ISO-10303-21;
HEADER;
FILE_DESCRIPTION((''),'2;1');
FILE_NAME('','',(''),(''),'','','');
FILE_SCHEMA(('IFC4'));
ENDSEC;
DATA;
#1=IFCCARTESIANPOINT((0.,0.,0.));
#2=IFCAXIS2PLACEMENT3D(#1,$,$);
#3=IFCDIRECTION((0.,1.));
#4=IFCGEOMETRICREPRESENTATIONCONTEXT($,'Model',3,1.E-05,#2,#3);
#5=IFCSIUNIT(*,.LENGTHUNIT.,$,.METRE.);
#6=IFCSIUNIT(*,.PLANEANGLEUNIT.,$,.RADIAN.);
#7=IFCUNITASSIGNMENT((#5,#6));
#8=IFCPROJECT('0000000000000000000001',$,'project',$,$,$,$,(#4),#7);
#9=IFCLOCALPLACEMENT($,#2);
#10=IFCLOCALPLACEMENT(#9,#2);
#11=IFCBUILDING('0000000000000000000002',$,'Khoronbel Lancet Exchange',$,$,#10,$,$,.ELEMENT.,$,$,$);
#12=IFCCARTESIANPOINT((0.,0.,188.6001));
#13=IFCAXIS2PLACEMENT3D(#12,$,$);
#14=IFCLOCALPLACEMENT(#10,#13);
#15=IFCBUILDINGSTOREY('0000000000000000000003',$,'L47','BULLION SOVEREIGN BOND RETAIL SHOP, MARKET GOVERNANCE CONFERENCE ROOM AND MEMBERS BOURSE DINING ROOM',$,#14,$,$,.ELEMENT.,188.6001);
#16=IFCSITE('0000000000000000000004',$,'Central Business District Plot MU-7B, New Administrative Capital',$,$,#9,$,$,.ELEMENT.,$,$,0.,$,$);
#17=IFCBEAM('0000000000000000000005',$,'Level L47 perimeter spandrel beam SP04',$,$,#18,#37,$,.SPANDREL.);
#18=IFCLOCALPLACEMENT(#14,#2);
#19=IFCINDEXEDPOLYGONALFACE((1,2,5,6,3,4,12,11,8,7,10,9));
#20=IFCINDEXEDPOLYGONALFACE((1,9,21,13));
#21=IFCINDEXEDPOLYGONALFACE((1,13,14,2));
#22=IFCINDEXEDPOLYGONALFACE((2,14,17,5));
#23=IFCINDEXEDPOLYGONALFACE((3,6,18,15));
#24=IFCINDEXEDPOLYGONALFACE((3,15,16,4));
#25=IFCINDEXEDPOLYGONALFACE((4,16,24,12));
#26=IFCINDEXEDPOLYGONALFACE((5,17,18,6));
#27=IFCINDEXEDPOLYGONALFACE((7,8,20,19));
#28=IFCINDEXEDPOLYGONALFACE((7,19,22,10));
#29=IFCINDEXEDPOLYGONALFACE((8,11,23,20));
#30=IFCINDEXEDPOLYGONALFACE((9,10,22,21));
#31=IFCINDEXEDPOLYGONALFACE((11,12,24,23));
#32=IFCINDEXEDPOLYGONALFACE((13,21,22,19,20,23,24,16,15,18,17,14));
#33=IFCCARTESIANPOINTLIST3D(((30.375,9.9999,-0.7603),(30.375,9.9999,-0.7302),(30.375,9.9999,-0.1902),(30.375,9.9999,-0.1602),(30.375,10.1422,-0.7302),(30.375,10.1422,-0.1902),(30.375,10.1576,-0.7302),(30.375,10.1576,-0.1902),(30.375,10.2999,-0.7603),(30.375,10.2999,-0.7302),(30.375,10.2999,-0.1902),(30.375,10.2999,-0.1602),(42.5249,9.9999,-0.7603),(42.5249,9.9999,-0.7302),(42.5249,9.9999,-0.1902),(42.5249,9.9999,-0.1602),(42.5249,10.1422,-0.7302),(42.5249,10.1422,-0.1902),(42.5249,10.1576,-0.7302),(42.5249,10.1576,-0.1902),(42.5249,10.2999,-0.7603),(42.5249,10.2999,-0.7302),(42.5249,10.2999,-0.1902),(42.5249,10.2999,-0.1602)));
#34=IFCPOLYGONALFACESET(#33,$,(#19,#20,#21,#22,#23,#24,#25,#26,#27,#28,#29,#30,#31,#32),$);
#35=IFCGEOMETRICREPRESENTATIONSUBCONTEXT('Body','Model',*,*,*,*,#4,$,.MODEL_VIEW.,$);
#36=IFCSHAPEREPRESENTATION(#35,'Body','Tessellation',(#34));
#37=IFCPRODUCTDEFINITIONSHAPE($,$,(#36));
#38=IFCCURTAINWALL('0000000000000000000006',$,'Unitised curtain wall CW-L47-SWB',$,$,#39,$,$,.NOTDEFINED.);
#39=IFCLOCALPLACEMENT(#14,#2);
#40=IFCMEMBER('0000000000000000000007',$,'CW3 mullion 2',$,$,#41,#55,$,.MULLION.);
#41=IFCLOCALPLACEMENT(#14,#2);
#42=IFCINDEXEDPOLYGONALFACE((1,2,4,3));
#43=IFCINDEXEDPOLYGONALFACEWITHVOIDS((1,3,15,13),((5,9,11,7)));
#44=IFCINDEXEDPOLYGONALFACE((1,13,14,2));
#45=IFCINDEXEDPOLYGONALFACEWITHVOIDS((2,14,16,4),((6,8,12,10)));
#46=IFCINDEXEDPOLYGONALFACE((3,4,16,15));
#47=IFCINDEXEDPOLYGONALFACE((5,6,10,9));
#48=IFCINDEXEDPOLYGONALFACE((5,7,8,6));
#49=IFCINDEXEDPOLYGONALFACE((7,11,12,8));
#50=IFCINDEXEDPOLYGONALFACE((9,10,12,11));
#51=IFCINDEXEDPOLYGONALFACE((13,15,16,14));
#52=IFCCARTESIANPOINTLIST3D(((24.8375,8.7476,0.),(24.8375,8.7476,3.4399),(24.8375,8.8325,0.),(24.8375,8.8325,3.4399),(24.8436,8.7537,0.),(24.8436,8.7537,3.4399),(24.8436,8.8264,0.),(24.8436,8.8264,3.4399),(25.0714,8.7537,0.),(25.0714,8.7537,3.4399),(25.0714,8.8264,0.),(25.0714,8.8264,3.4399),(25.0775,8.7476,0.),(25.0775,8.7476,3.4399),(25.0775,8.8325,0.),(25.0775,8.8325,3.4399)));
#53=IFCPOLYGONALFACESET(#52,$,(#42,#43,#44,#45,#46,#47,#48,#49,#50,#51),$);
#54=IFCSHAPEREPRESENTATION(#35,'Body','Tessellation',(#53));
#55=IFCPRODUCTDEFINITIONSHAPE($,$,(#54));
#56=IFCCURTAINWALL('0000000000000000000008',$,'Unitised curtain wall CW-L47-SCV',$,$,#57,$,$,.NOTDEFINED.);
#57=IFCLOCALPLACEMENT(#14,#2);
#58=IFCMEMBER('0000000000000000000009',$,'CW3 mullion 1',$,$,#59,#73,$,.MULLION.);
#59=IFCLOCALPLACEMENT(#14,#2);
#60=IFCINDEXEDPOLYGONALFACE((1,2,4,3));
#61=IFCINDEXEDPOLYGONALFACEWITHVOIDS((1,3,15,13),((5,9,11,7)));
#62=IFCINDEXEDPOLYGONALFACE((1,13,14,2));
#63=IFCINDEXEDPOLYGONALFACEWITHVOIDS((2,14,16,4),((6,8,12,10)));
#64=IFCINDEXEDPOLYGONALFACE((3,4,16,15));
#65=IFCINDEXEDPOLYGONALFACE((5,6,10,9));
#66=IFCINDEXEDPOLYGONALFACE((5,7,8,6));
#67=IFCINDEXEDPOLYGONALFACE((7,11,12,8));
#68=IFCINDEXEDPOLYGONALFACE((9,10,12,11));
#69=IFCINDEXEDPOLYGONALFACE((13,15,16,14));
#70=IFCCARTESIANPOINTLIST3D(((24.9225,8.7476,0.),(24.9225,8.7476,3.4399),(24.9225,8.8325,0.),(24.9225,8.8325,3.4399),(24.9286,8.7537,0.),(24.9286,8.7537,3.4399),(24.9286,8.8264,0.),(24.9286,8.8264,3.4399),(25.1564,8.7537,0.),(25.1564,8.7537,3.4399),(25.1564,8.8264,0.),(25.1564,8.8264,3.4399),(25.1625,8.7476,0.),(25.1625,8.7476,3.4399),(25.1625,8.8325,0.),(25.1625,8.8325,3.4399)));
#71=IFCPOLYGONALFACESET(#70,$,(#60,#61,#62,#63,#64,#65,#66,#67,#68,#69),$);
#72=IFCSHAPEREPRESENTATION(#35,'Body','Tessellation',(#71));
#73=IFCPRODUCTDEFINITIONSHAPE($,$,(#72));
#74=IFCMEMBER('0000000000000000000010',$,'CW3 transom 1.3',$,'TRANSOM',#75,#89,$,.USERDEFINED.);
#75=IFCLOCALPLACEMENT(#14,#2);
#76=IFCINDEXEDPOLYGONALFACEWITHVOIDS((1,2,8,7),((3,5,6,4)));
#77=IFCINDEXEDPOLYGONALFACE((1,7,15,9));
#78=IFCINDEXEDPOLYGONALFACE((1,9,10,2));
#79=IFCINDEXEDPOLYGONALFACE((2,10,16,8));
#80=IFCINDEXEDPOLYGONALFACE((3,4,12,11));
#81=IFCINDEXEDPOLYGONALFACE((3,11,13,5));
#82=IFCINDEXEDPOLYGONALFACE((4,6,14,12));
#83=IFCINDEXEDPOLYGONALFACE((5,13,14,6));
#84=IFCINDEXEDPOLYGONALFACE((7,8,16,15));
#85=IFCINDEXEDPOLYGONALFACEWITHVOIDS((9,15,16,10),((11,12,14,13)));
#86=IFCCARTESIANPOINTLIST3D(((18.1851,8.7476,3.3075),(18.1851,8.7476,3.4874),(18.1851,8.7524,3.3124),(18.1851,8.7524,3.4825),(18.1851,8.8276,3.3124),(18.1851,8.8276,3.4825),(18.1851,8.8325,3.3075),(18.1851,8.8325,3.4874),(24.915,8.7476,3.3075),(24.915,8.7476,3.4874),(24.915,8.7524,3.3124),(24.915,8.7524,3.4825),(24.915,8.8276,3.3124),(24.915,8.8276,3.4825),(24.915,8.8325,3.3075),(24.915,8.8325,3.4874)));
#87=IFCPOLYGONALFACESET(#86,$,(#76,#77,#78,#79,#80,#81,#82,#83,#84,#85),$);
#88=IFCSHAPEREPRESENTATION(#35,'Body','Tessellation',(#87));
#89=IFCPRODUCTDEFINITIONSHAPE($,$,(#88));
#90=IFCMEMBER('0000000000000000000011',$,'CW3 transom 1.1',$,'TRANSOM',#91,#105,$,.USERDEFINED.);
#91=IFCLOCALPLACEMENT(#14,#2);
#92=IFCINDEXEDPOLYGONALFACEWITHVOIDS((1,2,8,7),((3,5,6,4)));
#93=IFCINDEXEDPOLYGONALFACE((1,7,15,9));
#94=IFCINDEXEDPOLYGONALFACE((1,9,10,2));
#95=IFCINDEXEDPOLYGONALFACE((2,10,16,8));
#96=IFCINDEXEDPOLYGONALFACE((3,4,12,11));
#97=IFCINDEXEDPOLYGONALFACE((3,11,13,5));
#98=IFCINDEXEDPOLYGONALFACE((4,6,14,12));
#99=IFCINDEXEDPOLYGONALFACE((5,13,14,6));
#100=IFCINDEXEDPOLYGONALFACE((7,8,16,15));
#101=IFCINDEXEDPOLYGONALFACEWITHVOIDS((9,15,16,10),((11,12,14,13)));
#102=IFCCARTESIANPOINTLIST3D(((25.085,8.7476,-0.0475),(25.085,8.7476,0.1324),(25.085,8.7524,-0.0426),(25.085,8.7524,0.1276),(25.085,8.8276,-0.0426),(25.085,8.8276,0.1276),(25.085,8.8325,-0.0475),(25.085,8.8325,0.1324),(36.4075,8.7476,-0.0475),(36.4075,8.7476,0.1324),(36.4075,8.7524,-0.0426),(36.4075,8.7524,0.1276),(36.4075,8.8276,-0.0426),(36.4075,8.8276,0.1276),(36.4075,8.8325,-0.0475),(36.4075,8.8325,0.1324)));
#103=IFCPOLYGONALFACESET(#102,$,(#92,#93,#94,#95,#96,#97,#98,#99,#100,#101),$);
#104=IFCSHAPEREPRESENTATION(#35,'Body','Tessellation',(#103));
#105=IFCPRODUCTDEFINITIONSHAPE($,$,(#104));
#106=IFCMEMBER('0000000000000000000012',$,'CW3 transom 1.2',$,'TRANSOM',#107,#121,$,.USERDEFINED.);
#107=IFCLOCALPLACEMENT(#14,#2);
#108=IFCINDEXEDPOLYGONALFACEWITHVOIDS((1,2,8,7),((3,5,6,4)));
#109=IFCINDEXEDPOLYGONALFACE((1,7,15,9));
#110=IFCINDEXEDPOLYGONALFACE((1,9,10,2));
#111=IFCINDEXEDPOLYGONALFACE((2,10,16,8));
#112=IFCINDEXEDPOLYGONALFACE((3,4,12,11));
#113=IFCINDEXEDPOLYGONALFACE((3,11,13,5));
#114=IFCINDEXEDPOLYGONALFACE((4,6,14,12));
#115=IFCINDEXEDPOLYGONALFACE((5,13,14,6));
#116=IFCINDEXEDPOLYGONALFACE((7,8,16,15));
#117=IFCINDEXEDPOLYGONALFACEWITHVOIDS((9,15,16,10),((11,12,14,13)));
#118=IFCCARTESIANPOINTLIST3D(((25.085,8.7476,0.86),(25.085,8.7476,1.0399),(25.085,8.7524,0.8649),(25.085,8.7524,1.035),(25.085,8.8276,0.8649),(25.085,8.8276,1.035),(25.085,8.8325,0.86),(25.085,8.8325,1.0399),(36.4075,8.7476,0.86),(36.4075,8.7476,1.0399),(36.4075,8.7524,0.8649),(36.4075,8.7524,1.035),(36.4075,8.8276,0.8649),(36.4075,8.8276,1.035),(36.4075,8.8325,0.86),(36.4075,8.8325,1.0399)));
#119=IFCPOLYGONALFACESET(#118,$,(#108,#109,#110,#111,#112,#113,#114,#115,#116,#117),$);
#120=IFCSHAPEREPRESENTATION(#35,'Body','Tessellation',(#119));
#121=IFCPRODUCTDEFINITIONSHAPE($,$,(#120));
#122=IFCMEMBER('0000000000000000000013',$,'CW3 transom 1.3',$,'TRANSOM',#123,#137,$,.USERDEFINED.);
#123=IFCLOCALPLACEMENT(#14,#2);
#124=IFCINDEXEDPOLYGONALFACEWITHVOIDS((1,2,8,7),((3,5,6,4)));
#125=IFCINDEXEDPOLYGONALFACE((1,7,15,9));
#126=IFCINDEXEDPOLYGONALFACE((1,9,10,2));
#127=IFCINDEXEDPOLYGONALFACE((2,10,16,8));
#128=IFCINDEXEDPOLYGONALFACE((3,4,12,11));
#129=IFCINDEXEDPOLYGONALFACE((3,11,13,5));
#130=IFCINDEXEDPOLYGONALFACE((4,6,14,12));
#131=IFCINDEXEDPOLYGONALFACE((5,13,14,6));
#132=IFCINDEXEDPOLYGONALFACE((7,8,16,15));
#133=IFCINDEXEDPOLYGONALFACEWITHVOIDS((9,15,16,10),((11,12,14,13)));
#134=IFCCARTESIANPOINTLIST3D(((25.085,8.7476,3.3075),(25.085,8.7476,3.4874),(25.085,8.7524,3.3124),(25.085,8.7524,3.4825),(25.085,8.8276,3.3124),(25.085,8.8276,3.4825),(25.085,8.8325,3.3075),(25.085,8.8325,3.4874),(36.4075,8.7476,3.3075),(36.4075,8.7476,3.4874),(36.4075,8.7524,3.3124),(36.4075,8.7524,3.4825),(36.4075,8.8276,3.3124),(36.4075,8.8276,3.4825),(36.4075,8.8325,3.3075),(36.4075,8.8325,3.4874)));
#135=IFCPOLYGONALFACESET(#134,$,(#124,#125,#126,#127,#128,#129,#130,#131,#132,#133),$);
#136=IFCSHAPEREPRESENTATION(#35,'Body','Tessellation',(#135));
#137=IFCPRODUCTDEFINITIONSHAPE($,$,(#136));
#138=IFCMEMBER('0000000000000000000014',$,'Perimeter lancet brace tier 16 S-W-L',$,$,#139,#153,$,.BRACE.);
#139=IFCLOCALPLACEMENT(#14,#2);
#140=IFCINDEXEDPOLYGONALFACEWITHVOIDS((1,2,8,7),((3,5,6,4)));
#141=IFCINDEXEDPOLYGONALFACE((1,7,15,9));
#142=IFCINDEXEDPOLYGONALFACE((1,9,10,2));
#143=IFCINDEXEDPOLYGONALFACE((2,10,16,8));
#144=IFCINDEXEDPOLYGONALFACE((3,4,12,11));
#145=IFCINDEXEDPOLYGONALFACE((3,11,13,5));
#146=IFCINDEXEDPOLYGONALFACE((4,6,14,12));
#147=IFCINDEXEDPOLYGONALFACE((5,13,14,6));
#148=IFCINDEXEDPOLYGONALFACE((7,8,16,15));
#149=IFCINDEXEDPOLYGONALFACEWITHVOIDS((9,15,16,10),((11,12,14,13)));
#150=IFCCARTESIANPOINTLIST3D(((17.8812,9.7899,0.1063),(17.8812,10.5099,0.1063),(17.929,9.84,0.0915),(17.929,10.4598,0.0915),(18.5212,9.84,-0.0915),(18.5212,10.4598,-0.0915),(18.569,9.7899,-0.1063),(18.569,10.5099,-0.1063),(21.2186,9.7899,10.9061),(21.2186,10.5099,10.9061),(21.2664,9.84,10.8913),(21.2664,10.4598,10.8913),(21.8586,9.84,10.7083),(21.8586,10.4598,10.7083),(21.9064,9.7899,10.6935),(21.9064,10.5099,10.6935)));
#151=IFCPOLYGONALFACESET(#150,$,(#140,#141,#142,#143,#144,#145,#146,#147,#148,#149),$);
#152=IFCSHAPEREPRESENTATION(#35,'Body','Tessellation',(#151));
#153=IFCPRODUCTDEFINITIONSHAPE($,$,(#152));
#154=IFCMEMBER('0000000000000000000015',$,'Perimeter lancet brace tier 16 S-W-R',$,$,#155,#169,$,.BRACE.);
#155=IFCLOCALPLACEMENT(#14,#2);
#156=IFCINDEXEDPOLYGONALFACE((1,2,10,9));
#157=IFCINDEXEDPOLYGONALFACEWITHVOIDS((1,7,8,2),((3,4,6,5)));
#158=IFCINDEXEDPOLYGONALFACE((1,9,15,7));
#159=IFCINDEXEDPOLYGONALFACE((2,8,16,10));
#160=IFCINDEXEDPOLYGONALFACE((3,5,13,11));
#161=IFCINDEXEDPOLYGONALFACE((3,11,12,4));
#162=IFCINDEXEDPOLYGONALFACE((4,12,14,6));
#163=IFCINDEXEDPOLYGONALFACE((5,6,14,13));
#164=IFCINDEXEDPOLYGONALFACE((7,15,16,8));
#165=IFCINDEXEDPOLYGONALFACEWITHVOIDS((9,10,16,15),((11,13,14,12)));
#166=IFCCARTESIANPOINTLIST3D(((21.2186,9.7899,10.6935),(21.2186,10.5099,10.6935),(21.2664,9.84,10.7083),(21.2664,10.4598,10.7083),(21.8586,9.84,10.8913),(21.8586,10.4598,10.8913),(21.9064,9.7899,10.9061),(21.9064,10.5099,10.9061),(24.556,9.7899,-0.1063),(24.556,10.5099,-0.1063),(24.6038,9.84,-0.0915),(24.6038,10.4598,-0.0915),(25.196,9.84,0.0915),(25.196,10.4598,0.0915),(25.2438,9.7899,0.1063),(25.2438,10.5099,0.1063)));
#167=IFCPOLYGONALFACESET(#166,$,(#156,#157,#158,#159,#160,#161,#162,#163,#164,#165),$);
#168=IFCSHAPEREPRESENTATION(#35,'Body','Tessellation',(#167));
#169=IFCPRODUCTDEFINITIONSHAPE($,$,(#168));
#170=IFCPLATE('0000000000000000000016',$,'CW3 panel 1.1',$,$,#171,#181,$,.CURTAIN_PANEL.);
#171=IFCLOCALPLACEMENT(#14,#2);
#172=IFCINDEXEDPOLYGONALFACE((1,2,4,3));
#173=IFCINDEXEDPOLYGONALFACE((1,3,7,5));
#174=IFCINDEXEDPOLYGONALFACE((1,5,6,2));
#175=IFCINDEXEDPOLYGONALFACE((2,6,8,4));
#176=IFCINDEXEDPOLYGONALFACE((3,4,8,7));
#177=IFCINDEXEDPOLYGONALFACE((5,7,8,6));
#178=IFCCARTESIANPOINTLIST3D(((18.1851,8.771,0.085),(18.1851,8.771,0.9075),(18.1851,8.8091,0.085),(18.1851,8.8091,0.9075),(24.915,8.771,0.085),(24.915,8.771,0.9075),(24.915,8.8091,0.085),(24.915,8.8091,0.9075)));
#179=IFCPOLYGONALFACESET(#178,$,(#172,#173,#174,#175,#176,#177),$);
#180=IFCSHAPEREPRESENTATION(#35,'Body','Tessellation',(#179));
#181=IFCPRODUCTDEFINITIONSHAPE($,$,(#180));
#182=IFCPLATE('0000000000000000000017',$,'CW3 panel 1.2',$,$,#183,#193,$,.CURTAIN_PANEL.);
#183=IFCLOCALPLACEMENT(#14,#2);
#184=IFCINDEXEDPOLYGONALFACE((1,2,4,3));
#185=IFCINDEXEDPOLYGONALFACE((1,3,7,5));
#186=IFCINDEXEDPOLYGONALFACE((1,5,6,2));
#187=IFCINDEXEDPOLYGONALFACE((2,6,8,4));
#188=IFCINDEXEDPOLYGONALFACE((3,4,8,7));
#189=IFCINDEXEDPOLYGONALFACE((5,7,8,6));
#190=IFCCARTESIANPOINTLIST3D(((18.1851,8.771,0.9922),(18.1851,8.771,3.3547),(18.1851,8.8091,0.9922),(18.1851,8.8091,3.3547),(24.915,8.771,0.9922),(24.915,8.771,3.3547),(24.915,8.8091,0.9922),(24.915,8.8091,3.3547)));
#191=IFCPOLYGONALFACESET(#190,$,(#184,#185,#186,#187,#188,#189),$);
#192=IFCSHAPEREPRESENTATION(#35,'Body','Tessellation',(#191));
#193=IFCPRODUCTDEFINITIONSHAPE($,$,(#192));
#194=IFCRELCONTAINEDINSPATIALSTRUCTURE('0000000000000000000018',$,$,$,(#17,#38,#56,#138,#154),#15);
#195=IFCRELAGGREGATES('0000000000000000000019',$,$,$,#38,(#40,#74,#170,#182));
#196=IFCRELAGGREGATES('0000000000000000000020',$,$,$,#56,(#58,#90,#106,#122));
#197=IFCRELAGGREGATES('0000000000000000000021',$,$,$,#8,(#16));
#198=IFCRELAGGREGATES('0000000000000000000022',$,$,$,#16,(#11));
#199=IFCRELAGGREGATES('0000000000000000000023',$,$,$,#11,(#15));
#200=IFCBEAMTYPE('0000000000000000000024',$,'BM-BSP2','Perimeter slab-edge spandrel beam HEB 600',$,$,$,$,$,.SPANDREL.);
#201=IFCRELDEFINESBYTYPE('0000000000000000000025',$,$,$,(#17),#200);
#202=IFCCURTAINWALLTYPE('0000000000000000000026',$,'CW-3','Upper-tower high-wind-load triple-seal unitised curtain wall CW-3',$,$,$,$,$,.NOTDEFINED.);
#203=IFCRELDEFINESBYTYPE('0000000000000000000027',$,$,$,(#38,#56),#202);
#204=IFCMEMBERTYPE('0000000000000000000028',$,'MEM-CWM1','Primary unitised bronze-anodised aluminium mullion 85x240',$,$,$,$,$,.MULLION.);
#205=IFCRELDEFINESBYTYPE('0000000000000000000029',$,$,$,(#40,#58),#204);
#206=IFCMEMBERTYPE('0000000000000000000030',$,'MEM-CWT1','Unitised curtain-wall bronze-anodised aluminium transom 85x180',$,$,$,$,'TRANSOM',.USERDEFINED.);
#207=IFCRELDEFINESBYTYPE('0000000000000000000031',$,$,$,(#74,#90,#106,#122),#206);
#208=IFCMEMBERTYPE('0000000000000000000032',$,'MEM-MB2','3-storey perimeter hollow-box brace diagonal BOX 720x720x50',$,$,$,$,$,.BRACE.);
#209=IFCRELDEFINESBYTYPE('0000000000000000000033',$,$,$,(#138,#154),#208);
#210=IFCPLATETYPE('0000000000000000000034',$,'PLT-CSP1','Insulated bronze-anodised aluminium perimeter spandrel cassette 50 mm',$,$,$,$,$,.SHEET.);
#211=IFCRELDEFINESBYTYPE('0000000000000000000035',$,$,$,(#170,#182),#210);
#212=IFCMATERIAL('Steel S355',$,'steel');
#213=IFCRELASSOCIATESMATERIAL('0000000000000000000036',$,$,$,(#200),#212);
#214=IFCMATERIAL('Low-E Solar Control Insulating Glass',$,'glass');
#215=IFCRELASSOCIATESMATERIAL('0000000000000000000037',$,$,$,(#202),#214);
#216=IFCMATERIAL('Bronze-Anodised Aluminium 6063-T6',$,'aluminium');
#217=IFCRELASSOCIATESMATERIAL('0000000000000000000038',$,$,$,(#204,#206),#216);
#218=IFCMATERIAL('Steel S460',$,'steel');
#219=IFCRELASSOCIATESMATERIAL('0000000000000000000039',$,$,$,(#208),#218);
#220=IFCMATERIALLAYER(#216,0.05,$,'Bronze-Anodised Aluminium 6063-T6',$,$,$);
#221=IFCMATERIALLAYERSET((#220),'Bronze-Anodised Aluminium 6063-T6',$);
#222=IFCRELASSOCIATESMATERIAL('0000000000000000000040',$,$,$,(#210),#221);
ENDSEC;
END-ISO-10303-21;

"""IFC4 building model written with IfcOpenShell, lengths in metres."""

from ifc_helpers import new_model, si_unit, direction, frame, origin, origin_2d, place, context, subcontext, project, spatial, rectangle, hollow_rectangle, i_section, extrude, material, layer, layer_set, material_profile, profile_set, type_object, element, aggregate, save


model = new_model("IFC4")

# Units and contexts
model_context = context("Model", 3, precision=1e-05, world=origin(), true_north=direction((0.0, 1.0)))
body_context = subcontext(model_context, "Body", "Model", "MODEL_VIEW")
ifc_project = project(units=[si_unit("LENGTHUNIT", "METRE"), si_unit("PLANEANGLEUNIT", "RADIAN")], contexts=[model_context])

# Site, building, storey
site_placement = place(None, origin())
site = spatial("IfcSite", under=ifc_project, at=site_placement, Name="Central Business District Plot MU-7B, New Administrative Capital", CompositionType="ELEMENT", RefElevation=0.0)
building_placement = place(site_placement, origin())
building = spatial("IfcBuilding", under=site, at=building_placement, Name="Khoronbel Lancet Exchange", CompositionType="ELEMENT")
storey_placement = place(building_placement, frame((0.0, 0.0, 188.6001)))
storey = spatial("IfcBuildingStorey", under=building, at=storey_placement, Name="L47", Description="BULLION SOVEREIGN BOND RETAIL SHOP, MARKET GOVERNANCE CONFERENCE ROOM AND MEMBERS BOURSE DINING ROOM", CompositionType="ELEMENT", Elevation=188.6001)

# Shared definitions
ifc_material_1 = material(Name="Steel S460", Category="steel")

# Beam
ifc_material_2 = material(Name="Steel S355", Category="steel")
ifc_material_profile_1 = material_profile(ifc_material_2, i_section(OverallWidth=0.3, OverallDepth=0.6001, WebThickness=0.0154, FlangeThickness=0.03, at=origin_2d()), Name="HEB 600")
ifc_profile_set_1 = profile_set([ifc_material_profile_1], Name="Steel S355")
beam_type_1 = type_object("IfcBeamType", Name="BM-BSP2", Description="Perimeter slab-edge spandrel beam HEB 600", PredefinedType="SPANDREL", material=ifc_profile_set_1)
beam_1_placement = place(storey_placement, frame((30.375, 10.1499, -0.4602), z_axis=(1.0, 0.0, 0.0), x_axis=(0.0, 1.0, 0.0)))
element("IfcBeam", 1, at=beam_1_placement, inside=storey, type_object=beam_type_1, Name="Level L47 perimeter spandrel beam SP04", PredefinedType="SPANDREL", context=body_context, shape_type="SweptSolid", body=[
    extrude(i_section(OverallWidth=0.3, OverallDepth=0.6001, WebThickness=0.0154, FlangeThickness=0.03, at=origin_2d()), origin(), (0.0, 0.0, 1.0), 12.1499),
])

# Curtain walls, members
ifc_material_3 = material(Name="Low-E Solar Control Insulating Glass", Category="glass")
curtain_wall_type = type_object("IfcCurtainWallType", Name="CW-3", Description="Upper-tower high-wind-load triple-seal unitised curtain wall CW-3", PredefinedType="NOTDEFINED", material=ifc_material_3)
curtain_wall_1_placement = place(storey_placement, origin())
curtain_wall_1 = element("IfcCurtainWall", 2, at=curtain_wall_1_placement, inside=storey, type_object=curtain_wall_type, Name="Unitised curtain wall CW-L47-SWB", PredefinedType="NOTDEFINED")
ifc_material_4 = material(Name="Bronze-Anodised Aluminium 6063-T6", Category="aluminium")
ifc_material_profile_2 = material_profile(ifc_material_4, hollow_rectangle(XDim=0.085, YDim=0.24, WallThickness=0.0061, at=origin_2d()), Name="ALU MULLION 85x240")
ifc_profile_set_2 = profile_set([ifc_material_profile_2], Name="Bronze-Anodised Aluminium 6063-T6")
member_type_1 = type_object("IfcMemberType", Name="MEM-CWM1", Description="Primary unitised bronze-anodised aluminium mullion 85x240", PredefinedType="MULLION", material=ifc_profile_set_2)
member_1_placement = place(storey_placement, frame((24.9575, 8.79, 0.0), z_axis=(0.0, 0.0, 1.0), x_axis=(0.0, 1.0, 0.0)))
member_1 = element("IfcMember", 3, at=member_1_placement, type_object=member_type_1, Name="CW3 mullion 2", PredefinedType="MULLION", context=body_context, shape_type="SweptSolid", body=[
    extrude(hollow_rectangle(XDim=0.085, YDim=0.24, WallThickness=0.0061, at=origin_2d()), origin(), (0.0, 0.0, 1.0), 3.4399),
])
curtain_wall_2_placement = place(storey_placement, origin())
curtain_wall_2 = element("IfcCurtainWall", 4, at=curtain_wall_2_placement, inside=storey, type_object=curtain_wall_type, Name="Unitised curtain wall CW-L47-SCV", PredefinedType="NOTDEFINED")
member_2_placement = place(storey_placement, frame((25.0425, 8.79, 0.0), z_axis=(0.0, 0.0, 1.0), x_axis=(0.0, 1.0, 0.0)))
member_2 = element("IfcMember", 5, at=member_2_placement, type_object=member_type_1, Name="CW3 mullion 1", PredefinedType="MULLION", context=body_context, shape_type="SweptSolid", body=[
    extrude(hollow_rectangle(XDim=0.085, YDim=0.24, WallThickness=0.0061, at=origin_2d()), origin(), (0.0, 0.0, 1.0), 3.4399),
])

# Members
ifc_material_profile_3 = material_profile(ifc_material_4, hollow_rectangle(XDim=0.085, YDim=0.1799, WallThickness=0.0049, at=origin_2d()), Name="ALU TRANSOM 85x180")
ifc_profile_set_3 = profile_set([ifc_material_profile_3], Name="Bronze-Anodised Aluminium 6063-T6")
member_type_2 = type_object("IfcMemberType", Name="MEM-CWT1", Description="Unitised curtain-wall bronze-anodised aluminium transom 85x180", ElementType="TRANSOM", PredefinedType="USERDEFINED", material=ifc_profile_set_3)
member_3_placement = place(storey_placement, frame((18.1851, 8.79, 3.3975), z_axis=(1.0, 0.0, 0.0), x_axis=(0.0, 1.0, 0.0)))
member_3 = element("IfcMember", 6, at=member_3_placement, type_object=member_type_2, Name="CW3 transom 1.3", ObjectType="TRANSOM", PredefinedType="USERDEFINED", context=body_context, shape_type="SweptSolid", body=[
    extrude(hollow_rectangle(XDim=0.085, YDim=0.1799, WallThickness=0.0049, at=origin_2d()), origin(), (0.0, 0.0, 1.0), 6.73),
])
member_4_placement = place(storey_placement, frame((25.085, 8.79, 0.0425), z_axis=(1.0, 0.0, 0.0), x_axis=(0.0, 1.0, 0.0)))
member_4 = element("IfcMember", 7, at=member_4_placement, type_object=member_type_2, Name="CW3 transom 1.1", ObjectType="TRANSOM", PredefinedType="USERDEFINED", context=body_context, shape_type="SweptSolid", body=[
    extrude(hollow_rectangle(XDim=0.085, YDim=0.1799, WallThickness=0.0049, at=origin_2d()), origin(), (0.0, 0.0, 1.0), 11.3225),
])
member_5_placement = place(storey_placement, frame((25.085, 8.79, 0.95), z_axis=(1.0, 0.0, 0.0), x_axis=(0.0, 1.0, 0.0)))
member_5 = element("IfcMember", 8, at=member_5_placement, type_object=member_type_2, Name="CW3 transom 1.2", ObjectType="TRANSOM", PredefinedType="USERDEFINED", context=body_context, shape_type="SweptSolid", body=[
    extrude(hollow_rectangle(XDim=0.085, YDim=0.1799, WallThickness=0.0049, at=origin_2d()), origin(), (0.0, 0.0, 1.0), 11.3225),
])
member_6_placement = place(storey_placement, frame((25.085, 8.79, 3.3975), z_axis=(1.0, 0.0, 0.0), x_axis=(0.0, 1.0, 0.0)))
member_6 = element("IfcMember", 9, at=member_6_placement, type_object=member_type_2, Name="CW3 transom 1.3", ObjectType="TRANSOM", PredefinedType="USERDEFINED", context=body_context, shape_type="SweptSolid", body=[
    extrude(hollow_rectangle(XDim=0.085, YDim=0.1799, WallThickness=0.0049, at=origin_2d()), origin(), (0.0, 0.0, 1.0), 11.3225),
])

# Members
ifc_material_profile_4 = material_profile(ifc_material_1, hollow_rectangle(XDim=0.72, YDim=0.72, WallThickness=0.05, at=origin_2d()), Name="BOX 720x720x50")
ifc_profile_set_4 = profile_set([ifc_material_profile_4], Name="Steel S460")
member_type_3 = type_object("IfcMemberType", Name="MEM-MB2", Description="3-storey perimeter hollow-box brace diagonal BOX 720x720x50", PredefinedType="BRACE", material=ifc_profile_set_4)
for number, where, z_axis, x_axis, name in (
    (10, (18.2251, 10.1499, 0.0), (0.295248, 0.0, 0.955421), (0.0, 1.0, 0.0), "Perimeter lancet brace tier 16 S-W-L"),
    (11, (24.8999, 10.1499, 0.0), (-0.295248, 0.0, 0.955421), (0.0, -1.0, 0.0), "Perimeter lancet brace tier 16 S-W-R"),
):
    element("IfcMember", number, at=place(storey_placement, frame(where, z_axis=z_axis, x_axis=x_axis)), inside=storey, type_object=member_type_3, Name=name, PredefinedType="BRACE", context=body_context, shape_type="SweptSolid", body=[
        extrude(hollow_rectangle(XDim=0.72, YDim=0.72, WallThickness=0.05, at=origin_2d()), origin(), (0.0, 0.0, 1.0), 11.3037),
    ])

# Plates
ifc_layer_1 = layer(ifc_material_4, 0.05, Name="Bronze-Anodised Aluminium 6063-T6")
ifc_layer_set_1 = layer_set([ifc_layer_1], Name="Bronze-Anodised Aluminium 6063-T6")
plate_type_1 = type_object("IfcPlateType", Name="PLT-CSP1", Description="Insulated bronze-anodised aluminium perimeter spandrel cassette 50 mm", PredefinedType="SHEET", material=ifc_layer_set_1)
plate_1_placement = place(storey_placement, frame((21.55, 8.79, 0.085), z_axis=(0.0, 0.0, 1.0), x_axis=(1.0, 0.0, 0.0)))
plate_1 = element("IfcPlate", 12, at=plate_1_placement, type_object=plate_type_1, Name="CW3 panel 1.1", PredefinedType="CURTAIN_PANEL", context=body_context, shape_type="SweptSolid", body=[
    extrude(rectangle(XDim=6.73, YDim=0.0381, at=origin_2d()), origin(), (0.0, 0.0, 1.0), 0.8225),
])
plate_2_placement = place(storey_placement, frame((21.55, 8.79, 0.9922), z_axis=(0.0, 0.0, 1.0), x_axis=(1.0, 0.0, 0.0)))
plate_2 = element("IfcPlate", 13, at=plate_2_placement, type_object=plate_type_1, Name="CW3 panel 1.2", PredefinedType="CURTAIN_PANEL", context=body_context, shape_type="SweptSolid", body=[
    extrude(rectangle(XDim=6.73, YDim=0.0381, at=origin_2d()), origin(), (0.0, 0.0, 1.0), 2.3625),
])
aggregate(curtain_wall_1, [member_1, member_3, plate_1, plate_2])
aggregate(curtain_wall_2, [member_2, member_4, member_5, member_6])

save(model, "model.ifc")
